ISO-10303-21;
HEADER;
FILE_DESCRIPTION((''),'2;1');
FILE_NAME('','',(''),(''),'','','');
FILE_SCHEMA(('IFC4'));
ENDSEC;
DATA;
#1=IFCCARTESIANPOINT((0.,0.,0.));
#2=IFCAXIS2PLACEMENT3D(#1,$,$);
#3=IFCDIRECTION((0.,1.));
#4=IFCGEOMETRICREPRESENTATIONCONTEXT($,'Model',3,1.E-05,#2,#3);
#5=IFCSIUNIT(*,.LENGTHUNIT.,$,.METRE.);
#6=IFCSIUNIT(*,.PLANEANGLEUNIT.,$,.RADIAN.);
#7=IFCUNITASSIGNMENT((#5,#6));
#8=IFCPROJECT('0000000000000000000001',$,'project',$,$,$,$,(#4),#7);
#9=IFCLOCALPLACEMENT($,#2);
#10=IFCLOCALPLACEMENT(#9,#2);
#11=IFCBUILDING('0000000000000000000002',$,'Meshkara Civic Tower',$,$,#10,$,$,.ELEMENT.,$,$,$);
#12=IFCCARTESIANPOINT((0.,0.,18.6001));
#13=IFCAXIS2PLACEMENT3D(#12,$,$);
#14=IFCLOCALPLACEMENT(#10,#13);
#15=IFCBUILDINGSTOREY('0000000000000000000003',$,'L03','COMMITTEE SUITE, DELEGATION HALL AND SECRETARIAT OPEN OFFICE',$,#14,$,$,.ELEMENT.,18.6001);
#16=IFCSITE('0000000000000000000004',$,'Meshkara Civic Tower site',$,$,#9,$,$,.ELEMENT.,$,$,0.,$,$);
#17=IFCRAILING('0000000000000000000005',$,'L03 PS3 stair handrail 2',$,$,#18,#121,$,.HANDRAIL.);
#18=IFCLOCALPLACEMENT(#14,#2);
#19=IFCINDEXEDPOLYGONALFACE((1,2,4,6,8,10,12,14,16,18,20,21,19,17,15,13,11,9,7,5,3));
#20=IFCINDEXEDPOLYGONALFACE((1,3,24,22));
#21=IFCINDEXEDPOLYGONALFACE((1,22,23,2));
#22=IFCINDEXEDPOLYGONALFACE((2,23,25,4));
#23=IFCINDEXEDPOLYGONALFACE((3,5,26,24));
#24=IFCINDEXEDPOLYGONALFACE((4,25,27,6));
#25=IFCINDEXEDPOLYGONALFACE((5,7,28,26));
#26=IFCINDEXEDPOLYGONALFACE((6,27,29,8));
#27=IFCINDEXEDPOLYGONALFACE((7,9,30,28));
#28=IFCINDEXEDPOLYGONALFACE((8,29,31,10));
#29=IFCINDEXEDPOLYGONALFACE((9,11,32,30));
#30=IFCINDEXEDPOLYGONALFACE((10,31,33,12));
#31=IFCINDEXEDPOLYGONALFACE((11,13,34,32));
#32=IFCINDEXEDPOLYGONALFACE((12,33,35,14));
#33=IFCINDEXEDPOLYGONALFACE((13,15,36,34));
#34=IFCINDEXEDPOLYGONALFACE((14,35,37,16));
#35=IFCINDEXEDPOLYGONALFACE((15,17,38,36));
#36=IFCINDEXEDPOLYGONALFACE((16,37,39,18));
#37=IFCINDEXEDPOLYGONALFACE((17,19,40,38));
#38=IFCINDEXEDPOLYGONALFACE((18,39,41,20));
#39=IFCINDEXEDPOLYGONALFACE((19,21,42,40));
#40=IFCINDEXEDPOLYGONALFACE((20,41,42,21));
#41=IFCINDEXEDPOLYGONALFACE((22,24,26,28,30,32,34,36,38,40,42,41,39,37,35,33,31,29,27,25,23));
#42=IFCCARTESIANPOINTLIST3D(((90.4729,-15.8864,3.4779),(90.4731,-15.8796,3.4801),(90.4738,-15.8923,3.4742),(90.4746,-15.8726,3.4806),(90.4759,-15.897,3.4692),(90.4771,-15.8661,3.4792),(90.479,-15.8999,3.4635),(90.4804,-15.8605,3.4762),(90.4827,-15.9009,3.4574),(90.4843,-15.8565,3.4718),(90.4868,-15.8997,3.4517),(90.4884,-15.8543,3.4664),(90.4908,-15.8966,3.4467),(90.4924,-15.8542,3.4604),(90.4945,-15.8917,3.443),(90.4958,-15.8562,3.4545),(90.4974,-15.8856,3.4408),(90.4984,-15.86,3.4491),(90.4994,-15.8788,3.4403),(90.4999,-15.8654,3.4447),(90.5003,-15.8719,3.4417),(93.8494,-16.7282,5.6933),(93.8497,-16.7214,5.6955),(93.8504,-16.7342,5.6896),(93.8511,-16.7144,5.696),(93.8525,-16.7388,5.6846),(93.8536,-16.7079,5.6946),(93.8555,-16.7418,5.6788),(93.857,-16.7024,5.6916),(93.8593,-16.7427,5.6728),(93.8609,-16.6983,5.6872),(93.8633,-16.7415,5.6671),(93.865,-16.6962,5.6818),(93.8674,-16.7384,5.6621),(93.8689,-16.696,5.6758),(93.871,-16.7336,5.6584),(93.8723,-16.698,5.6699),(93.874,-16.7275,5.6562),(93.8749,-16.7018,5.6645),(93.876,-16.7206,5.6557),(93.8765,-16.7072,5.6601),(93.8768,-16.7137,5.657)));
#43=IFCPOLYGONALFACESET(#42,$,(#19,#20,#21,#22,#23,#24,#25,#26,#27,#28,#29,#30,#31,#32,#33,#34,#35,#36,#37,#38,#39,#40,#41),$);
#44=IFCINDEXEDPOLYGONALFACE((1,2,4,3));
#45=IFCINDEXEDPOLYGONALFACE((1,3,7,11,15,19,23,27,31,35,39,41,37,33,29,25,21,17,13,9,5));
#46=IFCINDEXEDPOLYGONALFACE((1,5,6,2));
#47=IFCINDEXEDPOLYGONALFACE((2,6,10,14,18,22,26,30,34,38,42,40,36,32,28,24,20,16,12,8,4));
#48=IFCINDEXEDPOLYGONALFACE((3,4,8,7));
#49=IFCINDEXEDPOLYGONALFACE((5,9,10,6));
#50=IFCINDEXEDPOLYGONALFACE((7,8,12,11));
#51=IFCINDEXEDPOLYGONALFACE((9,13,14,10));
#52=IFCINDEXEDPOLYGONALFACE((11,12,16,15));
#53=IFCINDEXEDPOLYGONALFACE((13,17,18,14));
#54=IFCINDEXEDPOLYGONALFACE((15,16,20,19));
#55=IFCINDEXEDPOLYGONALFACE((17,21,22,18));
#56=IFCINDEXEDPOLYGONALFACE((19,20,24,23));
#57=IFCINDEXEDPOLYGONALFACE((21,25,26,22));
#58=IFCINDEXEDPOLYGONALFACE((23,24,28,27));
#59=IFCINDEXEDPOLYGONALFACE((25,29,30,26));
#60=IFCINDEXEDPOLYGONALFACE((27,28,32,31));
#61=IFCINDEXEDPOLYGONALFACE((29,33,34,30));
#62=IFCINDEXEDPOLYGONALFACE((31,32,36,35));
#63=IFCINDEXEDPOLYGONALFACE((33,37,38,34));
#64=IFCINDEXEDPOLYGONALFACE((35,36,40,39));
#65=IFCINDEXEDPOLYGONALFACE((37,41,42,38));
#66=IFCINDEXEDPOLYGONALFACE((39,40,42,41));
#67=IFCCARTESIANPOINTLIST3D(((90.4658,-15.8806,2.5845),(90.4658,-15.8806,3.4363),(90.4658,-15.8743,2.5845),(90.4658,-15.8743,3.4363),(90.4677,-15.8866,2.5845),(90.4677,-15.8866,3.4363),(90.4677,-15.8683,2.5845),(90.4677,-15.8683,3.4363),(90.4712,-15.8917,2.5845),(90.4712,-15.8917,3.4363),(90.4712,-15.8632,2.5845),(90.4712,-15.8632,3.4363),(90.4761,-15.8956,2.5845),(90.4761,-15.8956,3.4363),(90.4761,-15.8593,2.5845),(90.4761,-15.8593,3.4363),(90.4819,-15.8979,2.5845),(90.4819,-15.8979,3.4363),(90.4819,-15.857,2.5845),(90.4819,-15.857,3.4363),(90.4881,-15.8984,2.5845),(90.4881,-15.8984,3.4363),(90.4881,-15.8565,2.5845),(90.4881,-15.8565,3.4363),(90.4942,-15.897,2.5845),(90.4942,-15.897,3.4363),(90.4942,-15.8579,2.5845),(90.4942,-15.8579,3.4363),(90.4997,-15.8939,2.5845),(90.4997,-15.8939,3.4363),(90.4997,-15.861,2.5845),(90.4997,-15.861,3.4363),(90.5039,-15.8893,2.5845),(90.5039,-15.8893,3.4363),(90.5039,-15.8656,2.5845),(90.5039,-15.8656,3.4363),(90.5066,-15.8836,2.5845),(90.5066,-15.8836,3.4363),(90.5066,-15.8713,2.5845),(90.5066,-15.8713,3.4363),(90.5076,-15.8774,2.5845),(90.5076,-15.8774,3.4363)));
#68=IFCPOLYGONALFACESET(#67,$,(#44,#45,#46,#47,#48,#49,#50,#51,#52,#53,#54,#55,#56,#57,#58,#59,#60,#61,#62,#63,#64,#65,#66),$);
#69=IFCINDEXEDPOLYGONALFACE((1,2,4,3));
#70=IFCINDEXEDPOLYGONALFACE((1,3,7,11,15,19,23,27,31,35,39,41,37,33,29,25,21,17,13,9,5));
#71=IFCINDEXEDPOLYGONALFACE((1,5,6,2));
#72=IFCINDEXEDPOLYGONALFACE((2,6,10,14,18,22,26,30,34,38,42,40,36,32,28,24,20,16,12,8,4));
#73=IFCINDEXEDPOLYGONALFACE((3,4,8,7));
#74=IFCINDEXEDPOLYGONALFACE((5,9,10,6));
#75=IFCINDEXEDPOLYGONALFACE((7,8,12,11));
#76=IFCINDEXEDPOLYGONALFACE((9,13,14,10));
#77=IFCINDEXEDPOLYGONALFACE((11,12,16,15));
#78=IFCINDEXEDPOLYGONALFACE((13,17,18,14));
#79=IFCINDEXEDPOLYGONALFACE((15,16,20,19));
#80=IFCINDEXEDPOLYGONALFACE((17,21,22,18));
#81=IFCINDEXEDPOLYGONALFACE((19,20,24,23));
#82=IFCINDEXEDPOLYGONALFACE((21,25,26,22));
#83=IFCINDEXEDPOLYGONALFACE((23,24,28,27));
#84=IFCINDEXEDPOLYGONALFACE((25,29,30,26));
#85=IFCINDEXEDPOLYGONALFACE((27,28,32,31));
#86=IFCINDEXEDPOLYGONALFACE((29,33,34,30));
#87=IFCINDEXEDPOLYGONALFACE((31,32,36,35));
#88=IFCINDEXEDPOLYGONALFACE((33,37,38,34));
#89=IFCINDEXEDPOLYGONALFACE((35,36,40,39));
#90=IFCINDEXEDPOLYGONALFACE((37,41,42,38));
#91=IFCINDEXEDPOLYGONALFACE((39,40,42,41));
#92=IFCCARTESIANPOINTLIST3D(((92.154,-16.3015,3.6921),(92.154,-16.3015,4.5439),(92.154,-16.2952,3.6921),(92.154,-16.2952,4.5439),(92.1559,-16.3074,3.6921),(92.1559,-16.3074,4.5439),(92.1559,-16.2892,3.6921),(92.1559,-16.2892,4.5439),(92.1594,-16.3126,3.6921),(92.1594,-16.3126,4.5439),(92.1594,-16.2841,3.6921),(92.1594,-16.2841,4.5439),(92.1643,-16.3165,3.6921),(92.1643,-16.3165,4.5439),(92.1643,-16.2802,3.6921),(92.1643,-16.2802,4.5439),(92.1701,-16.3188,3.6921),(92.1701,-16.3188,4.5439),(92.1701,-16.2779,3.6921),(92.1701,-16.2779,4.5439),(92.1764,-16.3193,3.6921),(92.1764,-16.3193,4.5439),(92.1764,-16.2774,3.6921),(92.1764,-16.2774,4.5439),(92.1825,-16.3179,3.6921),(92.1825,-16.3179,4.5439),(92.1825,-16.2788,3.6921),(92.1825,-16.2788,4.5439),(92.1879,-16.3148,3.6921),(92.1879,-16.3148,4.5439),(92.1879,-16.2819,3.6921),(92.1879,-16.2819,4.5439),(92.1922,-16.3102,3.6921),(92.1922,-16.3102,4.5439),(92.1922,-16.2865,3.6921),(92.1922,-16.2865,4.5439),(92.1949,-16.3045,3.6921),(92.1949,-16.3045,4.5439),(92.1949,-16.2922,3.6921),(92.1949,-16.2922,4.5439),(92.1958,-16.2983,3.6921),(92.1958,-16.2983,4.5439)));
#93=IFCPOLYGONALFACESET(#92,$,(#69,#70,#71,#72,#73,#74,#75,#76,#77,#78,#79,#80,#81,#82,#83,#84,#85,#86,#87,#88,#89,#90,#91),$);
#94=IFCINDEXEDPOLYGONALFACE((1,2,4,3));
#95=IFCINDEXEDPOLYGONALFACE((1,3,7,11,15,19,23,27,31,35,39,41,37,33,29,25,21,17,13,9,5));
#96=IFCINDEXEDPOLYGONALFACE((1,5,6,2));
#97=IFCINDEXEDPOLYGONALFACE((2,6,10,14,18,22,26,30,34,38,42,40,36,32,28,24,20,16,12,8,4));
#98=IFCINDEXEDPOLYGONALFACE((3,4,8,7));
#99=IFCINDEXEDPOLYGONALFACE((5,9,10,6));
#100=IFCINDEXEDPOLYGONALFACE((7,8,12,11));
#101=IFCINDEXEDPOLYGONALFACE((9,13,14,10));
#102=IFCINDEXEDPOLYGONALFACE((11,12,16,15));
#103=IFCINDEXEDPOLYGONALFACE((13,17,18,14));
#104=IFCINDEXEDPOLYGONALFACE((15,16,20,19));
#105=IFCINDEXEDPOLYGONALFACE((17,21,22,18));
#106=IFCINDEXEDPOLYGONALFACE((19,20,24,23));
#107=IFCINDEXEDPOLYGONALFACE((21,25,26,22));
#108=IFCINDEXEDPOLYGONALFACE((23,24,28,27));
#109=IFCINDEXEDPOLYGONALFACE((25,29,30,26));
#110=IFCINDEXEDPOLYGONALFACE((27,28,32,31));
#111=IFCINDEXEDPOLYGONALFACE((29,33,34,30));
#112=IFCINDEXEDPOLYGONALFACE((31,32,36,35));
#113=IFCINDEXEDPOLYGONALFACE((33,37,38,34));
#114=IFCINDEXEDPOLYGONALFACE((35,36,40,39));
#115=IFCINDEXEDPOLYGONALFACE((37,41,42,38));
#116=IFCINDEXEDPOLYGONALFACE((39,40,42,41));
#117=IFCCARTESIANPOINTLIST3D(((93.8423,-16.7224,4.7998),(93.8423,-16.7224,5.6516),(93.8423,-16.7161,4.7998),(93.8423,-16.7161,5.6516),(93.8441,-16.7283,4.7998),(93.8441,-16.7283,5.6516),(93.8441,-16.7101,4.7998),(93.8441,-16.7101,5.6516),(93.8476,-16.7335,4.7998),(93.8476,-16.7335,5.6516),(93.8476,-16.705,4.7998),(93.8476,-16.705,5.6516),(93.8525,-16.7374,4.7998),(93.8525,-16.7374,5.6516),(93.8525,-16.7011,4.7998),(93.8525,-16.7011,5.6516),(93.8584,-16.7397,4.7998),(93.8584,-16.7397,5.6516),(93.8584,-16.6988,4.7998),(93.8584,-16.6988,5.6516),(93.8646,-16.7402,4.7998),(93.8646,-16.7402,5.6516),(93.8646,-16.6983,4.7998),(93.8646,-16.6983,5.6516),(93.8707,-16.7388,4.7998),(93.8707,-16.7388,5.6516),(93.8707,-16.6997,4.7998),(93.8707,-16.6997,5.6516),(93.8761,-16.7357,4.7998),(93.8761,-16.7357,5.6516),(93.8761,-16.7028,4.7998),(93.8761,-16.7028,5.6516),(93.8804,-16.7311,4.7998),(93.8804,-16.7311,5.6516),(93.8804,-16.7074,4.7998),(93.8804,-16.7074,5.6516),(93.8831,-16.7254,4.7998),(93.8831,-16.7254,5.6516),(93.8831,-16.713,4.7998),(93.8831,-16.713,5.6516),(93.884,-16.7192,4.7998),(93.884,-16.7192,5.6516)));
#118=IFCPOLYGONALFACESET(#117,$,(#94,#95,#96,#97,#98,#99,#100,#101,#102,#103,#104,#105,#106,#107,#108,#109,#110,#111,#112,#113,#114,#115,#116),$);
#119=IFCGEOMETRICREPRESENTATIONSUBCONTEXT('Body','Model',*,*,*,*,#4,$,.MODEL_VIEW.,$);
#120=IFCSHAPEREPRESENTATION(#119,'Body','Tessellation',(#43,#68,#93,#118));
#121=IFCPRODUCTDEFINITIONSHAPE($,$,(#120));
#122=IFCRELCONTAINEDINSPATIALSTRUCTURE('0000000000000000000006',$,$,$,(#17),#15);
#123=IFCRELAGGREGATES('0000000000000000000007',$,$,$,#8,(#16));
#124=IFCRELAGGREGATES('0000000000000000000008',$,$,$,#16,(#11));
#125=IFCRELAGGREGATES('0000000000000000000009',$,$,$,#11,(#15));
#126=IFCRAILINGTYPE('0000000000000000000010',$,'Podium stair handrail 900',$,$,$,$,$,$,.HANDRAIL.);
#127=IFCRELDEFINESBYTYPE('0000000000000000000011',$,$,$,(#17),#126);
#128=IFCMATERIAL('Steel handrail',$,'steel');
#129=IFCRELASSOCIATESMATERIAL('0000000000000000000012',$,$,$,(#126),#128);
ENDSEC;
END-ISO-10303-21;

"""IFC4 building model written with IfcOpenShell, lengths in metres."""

from ifc_helpers import new_model, si_unit, direction, frame, origin, origin_2d, place, context, subcontext, project, spatial, circle, extrude, material, type_object, element, save


model = new_model("IFC4")

# Units and contexts
model_context = context("Model", 3, precision=1e-05, world=origin(), true_north=direction((0.0, 1.0)))
body_context = subcontext(model_context, "Body", "Model", "MODEL_VIEW")
ifc_project = project(units=[si_unit("LENGTHUNIT", "METRE"), si_unit("PLANEANGLEUNIT", "RADIAN")], contexts=[model_context])

# Site, building, storey
site_placement = place(None, origin())
site = spatial("IfcSite", under=ifc_project, at=site_placement, Name="Meshkara Civic Tower site", CompositionType="ELEMENT", RefElevation=0.0)
building_placement = place(site_placement, origin())
building = spatial("IfcBuilding", under=site, at=building_placement, Name="Meshkara Civic Tower", CompositionType="ELEMENT")
storey_placement = place(building_placement, frame((0.0, 0.0, 18.6001)))
storey = spatial("IfcBuildingStorey", under=building, at=storey_placement, Name="L03", Description="COMMITTEE SUITE, DELEGATION HALL AND SECRETARIAT OPEN OFFICE", CompositionType="ELEMENT", Elevation=18.6001)

# Railing
ifc_material_1 = material(Name="Steel handrail", Category="steel")
railing_type_1 = type_object("IfcRailingType", Name="Podium stair handrail 900", PredefinedType="HANDRAIL", material=ifc_material_1)
railing_1_placement = place(storey_placement, frame((90.4866, -15.8774, 2.5845)))
element("IfcRailing", 1, at=railing_1_placement, inside=storey, type_object=railing_type_1, Name="L03 PS3 stair handrail 2", PredefinedType="HANDRAIL", context=body_context, shape_type="SweptSolid", body=[
    extrude(circle(Radius=0.0239, at=origin_2d()), frame((0.0, 0.0, 0.876), z_axis=(0.818508, -0.204065, 0.537031), x_axis=(0.241908, 0.970299, 0.0)), (0.0, 0.0, 1.0), 4.1252),
    extrude(circle(Radius=0.021, at=origin_2d()), origin(), (0.0, 0.0, 1.0), 0.8518),
    extrude(circle(Radius=0.021, at=origin_2d()), frame((1.6882, -0.4209, 1.1077)), (0.0, 0.0, 1.0), 0.8518),
    extrude(circle(Radius=0.021, at=origin_2d()), frame((3.3765, -0.8418, 2.2153)), (0.0, 0.0, 1.0), 0.8518),
])

save(model, "model.ifc")
